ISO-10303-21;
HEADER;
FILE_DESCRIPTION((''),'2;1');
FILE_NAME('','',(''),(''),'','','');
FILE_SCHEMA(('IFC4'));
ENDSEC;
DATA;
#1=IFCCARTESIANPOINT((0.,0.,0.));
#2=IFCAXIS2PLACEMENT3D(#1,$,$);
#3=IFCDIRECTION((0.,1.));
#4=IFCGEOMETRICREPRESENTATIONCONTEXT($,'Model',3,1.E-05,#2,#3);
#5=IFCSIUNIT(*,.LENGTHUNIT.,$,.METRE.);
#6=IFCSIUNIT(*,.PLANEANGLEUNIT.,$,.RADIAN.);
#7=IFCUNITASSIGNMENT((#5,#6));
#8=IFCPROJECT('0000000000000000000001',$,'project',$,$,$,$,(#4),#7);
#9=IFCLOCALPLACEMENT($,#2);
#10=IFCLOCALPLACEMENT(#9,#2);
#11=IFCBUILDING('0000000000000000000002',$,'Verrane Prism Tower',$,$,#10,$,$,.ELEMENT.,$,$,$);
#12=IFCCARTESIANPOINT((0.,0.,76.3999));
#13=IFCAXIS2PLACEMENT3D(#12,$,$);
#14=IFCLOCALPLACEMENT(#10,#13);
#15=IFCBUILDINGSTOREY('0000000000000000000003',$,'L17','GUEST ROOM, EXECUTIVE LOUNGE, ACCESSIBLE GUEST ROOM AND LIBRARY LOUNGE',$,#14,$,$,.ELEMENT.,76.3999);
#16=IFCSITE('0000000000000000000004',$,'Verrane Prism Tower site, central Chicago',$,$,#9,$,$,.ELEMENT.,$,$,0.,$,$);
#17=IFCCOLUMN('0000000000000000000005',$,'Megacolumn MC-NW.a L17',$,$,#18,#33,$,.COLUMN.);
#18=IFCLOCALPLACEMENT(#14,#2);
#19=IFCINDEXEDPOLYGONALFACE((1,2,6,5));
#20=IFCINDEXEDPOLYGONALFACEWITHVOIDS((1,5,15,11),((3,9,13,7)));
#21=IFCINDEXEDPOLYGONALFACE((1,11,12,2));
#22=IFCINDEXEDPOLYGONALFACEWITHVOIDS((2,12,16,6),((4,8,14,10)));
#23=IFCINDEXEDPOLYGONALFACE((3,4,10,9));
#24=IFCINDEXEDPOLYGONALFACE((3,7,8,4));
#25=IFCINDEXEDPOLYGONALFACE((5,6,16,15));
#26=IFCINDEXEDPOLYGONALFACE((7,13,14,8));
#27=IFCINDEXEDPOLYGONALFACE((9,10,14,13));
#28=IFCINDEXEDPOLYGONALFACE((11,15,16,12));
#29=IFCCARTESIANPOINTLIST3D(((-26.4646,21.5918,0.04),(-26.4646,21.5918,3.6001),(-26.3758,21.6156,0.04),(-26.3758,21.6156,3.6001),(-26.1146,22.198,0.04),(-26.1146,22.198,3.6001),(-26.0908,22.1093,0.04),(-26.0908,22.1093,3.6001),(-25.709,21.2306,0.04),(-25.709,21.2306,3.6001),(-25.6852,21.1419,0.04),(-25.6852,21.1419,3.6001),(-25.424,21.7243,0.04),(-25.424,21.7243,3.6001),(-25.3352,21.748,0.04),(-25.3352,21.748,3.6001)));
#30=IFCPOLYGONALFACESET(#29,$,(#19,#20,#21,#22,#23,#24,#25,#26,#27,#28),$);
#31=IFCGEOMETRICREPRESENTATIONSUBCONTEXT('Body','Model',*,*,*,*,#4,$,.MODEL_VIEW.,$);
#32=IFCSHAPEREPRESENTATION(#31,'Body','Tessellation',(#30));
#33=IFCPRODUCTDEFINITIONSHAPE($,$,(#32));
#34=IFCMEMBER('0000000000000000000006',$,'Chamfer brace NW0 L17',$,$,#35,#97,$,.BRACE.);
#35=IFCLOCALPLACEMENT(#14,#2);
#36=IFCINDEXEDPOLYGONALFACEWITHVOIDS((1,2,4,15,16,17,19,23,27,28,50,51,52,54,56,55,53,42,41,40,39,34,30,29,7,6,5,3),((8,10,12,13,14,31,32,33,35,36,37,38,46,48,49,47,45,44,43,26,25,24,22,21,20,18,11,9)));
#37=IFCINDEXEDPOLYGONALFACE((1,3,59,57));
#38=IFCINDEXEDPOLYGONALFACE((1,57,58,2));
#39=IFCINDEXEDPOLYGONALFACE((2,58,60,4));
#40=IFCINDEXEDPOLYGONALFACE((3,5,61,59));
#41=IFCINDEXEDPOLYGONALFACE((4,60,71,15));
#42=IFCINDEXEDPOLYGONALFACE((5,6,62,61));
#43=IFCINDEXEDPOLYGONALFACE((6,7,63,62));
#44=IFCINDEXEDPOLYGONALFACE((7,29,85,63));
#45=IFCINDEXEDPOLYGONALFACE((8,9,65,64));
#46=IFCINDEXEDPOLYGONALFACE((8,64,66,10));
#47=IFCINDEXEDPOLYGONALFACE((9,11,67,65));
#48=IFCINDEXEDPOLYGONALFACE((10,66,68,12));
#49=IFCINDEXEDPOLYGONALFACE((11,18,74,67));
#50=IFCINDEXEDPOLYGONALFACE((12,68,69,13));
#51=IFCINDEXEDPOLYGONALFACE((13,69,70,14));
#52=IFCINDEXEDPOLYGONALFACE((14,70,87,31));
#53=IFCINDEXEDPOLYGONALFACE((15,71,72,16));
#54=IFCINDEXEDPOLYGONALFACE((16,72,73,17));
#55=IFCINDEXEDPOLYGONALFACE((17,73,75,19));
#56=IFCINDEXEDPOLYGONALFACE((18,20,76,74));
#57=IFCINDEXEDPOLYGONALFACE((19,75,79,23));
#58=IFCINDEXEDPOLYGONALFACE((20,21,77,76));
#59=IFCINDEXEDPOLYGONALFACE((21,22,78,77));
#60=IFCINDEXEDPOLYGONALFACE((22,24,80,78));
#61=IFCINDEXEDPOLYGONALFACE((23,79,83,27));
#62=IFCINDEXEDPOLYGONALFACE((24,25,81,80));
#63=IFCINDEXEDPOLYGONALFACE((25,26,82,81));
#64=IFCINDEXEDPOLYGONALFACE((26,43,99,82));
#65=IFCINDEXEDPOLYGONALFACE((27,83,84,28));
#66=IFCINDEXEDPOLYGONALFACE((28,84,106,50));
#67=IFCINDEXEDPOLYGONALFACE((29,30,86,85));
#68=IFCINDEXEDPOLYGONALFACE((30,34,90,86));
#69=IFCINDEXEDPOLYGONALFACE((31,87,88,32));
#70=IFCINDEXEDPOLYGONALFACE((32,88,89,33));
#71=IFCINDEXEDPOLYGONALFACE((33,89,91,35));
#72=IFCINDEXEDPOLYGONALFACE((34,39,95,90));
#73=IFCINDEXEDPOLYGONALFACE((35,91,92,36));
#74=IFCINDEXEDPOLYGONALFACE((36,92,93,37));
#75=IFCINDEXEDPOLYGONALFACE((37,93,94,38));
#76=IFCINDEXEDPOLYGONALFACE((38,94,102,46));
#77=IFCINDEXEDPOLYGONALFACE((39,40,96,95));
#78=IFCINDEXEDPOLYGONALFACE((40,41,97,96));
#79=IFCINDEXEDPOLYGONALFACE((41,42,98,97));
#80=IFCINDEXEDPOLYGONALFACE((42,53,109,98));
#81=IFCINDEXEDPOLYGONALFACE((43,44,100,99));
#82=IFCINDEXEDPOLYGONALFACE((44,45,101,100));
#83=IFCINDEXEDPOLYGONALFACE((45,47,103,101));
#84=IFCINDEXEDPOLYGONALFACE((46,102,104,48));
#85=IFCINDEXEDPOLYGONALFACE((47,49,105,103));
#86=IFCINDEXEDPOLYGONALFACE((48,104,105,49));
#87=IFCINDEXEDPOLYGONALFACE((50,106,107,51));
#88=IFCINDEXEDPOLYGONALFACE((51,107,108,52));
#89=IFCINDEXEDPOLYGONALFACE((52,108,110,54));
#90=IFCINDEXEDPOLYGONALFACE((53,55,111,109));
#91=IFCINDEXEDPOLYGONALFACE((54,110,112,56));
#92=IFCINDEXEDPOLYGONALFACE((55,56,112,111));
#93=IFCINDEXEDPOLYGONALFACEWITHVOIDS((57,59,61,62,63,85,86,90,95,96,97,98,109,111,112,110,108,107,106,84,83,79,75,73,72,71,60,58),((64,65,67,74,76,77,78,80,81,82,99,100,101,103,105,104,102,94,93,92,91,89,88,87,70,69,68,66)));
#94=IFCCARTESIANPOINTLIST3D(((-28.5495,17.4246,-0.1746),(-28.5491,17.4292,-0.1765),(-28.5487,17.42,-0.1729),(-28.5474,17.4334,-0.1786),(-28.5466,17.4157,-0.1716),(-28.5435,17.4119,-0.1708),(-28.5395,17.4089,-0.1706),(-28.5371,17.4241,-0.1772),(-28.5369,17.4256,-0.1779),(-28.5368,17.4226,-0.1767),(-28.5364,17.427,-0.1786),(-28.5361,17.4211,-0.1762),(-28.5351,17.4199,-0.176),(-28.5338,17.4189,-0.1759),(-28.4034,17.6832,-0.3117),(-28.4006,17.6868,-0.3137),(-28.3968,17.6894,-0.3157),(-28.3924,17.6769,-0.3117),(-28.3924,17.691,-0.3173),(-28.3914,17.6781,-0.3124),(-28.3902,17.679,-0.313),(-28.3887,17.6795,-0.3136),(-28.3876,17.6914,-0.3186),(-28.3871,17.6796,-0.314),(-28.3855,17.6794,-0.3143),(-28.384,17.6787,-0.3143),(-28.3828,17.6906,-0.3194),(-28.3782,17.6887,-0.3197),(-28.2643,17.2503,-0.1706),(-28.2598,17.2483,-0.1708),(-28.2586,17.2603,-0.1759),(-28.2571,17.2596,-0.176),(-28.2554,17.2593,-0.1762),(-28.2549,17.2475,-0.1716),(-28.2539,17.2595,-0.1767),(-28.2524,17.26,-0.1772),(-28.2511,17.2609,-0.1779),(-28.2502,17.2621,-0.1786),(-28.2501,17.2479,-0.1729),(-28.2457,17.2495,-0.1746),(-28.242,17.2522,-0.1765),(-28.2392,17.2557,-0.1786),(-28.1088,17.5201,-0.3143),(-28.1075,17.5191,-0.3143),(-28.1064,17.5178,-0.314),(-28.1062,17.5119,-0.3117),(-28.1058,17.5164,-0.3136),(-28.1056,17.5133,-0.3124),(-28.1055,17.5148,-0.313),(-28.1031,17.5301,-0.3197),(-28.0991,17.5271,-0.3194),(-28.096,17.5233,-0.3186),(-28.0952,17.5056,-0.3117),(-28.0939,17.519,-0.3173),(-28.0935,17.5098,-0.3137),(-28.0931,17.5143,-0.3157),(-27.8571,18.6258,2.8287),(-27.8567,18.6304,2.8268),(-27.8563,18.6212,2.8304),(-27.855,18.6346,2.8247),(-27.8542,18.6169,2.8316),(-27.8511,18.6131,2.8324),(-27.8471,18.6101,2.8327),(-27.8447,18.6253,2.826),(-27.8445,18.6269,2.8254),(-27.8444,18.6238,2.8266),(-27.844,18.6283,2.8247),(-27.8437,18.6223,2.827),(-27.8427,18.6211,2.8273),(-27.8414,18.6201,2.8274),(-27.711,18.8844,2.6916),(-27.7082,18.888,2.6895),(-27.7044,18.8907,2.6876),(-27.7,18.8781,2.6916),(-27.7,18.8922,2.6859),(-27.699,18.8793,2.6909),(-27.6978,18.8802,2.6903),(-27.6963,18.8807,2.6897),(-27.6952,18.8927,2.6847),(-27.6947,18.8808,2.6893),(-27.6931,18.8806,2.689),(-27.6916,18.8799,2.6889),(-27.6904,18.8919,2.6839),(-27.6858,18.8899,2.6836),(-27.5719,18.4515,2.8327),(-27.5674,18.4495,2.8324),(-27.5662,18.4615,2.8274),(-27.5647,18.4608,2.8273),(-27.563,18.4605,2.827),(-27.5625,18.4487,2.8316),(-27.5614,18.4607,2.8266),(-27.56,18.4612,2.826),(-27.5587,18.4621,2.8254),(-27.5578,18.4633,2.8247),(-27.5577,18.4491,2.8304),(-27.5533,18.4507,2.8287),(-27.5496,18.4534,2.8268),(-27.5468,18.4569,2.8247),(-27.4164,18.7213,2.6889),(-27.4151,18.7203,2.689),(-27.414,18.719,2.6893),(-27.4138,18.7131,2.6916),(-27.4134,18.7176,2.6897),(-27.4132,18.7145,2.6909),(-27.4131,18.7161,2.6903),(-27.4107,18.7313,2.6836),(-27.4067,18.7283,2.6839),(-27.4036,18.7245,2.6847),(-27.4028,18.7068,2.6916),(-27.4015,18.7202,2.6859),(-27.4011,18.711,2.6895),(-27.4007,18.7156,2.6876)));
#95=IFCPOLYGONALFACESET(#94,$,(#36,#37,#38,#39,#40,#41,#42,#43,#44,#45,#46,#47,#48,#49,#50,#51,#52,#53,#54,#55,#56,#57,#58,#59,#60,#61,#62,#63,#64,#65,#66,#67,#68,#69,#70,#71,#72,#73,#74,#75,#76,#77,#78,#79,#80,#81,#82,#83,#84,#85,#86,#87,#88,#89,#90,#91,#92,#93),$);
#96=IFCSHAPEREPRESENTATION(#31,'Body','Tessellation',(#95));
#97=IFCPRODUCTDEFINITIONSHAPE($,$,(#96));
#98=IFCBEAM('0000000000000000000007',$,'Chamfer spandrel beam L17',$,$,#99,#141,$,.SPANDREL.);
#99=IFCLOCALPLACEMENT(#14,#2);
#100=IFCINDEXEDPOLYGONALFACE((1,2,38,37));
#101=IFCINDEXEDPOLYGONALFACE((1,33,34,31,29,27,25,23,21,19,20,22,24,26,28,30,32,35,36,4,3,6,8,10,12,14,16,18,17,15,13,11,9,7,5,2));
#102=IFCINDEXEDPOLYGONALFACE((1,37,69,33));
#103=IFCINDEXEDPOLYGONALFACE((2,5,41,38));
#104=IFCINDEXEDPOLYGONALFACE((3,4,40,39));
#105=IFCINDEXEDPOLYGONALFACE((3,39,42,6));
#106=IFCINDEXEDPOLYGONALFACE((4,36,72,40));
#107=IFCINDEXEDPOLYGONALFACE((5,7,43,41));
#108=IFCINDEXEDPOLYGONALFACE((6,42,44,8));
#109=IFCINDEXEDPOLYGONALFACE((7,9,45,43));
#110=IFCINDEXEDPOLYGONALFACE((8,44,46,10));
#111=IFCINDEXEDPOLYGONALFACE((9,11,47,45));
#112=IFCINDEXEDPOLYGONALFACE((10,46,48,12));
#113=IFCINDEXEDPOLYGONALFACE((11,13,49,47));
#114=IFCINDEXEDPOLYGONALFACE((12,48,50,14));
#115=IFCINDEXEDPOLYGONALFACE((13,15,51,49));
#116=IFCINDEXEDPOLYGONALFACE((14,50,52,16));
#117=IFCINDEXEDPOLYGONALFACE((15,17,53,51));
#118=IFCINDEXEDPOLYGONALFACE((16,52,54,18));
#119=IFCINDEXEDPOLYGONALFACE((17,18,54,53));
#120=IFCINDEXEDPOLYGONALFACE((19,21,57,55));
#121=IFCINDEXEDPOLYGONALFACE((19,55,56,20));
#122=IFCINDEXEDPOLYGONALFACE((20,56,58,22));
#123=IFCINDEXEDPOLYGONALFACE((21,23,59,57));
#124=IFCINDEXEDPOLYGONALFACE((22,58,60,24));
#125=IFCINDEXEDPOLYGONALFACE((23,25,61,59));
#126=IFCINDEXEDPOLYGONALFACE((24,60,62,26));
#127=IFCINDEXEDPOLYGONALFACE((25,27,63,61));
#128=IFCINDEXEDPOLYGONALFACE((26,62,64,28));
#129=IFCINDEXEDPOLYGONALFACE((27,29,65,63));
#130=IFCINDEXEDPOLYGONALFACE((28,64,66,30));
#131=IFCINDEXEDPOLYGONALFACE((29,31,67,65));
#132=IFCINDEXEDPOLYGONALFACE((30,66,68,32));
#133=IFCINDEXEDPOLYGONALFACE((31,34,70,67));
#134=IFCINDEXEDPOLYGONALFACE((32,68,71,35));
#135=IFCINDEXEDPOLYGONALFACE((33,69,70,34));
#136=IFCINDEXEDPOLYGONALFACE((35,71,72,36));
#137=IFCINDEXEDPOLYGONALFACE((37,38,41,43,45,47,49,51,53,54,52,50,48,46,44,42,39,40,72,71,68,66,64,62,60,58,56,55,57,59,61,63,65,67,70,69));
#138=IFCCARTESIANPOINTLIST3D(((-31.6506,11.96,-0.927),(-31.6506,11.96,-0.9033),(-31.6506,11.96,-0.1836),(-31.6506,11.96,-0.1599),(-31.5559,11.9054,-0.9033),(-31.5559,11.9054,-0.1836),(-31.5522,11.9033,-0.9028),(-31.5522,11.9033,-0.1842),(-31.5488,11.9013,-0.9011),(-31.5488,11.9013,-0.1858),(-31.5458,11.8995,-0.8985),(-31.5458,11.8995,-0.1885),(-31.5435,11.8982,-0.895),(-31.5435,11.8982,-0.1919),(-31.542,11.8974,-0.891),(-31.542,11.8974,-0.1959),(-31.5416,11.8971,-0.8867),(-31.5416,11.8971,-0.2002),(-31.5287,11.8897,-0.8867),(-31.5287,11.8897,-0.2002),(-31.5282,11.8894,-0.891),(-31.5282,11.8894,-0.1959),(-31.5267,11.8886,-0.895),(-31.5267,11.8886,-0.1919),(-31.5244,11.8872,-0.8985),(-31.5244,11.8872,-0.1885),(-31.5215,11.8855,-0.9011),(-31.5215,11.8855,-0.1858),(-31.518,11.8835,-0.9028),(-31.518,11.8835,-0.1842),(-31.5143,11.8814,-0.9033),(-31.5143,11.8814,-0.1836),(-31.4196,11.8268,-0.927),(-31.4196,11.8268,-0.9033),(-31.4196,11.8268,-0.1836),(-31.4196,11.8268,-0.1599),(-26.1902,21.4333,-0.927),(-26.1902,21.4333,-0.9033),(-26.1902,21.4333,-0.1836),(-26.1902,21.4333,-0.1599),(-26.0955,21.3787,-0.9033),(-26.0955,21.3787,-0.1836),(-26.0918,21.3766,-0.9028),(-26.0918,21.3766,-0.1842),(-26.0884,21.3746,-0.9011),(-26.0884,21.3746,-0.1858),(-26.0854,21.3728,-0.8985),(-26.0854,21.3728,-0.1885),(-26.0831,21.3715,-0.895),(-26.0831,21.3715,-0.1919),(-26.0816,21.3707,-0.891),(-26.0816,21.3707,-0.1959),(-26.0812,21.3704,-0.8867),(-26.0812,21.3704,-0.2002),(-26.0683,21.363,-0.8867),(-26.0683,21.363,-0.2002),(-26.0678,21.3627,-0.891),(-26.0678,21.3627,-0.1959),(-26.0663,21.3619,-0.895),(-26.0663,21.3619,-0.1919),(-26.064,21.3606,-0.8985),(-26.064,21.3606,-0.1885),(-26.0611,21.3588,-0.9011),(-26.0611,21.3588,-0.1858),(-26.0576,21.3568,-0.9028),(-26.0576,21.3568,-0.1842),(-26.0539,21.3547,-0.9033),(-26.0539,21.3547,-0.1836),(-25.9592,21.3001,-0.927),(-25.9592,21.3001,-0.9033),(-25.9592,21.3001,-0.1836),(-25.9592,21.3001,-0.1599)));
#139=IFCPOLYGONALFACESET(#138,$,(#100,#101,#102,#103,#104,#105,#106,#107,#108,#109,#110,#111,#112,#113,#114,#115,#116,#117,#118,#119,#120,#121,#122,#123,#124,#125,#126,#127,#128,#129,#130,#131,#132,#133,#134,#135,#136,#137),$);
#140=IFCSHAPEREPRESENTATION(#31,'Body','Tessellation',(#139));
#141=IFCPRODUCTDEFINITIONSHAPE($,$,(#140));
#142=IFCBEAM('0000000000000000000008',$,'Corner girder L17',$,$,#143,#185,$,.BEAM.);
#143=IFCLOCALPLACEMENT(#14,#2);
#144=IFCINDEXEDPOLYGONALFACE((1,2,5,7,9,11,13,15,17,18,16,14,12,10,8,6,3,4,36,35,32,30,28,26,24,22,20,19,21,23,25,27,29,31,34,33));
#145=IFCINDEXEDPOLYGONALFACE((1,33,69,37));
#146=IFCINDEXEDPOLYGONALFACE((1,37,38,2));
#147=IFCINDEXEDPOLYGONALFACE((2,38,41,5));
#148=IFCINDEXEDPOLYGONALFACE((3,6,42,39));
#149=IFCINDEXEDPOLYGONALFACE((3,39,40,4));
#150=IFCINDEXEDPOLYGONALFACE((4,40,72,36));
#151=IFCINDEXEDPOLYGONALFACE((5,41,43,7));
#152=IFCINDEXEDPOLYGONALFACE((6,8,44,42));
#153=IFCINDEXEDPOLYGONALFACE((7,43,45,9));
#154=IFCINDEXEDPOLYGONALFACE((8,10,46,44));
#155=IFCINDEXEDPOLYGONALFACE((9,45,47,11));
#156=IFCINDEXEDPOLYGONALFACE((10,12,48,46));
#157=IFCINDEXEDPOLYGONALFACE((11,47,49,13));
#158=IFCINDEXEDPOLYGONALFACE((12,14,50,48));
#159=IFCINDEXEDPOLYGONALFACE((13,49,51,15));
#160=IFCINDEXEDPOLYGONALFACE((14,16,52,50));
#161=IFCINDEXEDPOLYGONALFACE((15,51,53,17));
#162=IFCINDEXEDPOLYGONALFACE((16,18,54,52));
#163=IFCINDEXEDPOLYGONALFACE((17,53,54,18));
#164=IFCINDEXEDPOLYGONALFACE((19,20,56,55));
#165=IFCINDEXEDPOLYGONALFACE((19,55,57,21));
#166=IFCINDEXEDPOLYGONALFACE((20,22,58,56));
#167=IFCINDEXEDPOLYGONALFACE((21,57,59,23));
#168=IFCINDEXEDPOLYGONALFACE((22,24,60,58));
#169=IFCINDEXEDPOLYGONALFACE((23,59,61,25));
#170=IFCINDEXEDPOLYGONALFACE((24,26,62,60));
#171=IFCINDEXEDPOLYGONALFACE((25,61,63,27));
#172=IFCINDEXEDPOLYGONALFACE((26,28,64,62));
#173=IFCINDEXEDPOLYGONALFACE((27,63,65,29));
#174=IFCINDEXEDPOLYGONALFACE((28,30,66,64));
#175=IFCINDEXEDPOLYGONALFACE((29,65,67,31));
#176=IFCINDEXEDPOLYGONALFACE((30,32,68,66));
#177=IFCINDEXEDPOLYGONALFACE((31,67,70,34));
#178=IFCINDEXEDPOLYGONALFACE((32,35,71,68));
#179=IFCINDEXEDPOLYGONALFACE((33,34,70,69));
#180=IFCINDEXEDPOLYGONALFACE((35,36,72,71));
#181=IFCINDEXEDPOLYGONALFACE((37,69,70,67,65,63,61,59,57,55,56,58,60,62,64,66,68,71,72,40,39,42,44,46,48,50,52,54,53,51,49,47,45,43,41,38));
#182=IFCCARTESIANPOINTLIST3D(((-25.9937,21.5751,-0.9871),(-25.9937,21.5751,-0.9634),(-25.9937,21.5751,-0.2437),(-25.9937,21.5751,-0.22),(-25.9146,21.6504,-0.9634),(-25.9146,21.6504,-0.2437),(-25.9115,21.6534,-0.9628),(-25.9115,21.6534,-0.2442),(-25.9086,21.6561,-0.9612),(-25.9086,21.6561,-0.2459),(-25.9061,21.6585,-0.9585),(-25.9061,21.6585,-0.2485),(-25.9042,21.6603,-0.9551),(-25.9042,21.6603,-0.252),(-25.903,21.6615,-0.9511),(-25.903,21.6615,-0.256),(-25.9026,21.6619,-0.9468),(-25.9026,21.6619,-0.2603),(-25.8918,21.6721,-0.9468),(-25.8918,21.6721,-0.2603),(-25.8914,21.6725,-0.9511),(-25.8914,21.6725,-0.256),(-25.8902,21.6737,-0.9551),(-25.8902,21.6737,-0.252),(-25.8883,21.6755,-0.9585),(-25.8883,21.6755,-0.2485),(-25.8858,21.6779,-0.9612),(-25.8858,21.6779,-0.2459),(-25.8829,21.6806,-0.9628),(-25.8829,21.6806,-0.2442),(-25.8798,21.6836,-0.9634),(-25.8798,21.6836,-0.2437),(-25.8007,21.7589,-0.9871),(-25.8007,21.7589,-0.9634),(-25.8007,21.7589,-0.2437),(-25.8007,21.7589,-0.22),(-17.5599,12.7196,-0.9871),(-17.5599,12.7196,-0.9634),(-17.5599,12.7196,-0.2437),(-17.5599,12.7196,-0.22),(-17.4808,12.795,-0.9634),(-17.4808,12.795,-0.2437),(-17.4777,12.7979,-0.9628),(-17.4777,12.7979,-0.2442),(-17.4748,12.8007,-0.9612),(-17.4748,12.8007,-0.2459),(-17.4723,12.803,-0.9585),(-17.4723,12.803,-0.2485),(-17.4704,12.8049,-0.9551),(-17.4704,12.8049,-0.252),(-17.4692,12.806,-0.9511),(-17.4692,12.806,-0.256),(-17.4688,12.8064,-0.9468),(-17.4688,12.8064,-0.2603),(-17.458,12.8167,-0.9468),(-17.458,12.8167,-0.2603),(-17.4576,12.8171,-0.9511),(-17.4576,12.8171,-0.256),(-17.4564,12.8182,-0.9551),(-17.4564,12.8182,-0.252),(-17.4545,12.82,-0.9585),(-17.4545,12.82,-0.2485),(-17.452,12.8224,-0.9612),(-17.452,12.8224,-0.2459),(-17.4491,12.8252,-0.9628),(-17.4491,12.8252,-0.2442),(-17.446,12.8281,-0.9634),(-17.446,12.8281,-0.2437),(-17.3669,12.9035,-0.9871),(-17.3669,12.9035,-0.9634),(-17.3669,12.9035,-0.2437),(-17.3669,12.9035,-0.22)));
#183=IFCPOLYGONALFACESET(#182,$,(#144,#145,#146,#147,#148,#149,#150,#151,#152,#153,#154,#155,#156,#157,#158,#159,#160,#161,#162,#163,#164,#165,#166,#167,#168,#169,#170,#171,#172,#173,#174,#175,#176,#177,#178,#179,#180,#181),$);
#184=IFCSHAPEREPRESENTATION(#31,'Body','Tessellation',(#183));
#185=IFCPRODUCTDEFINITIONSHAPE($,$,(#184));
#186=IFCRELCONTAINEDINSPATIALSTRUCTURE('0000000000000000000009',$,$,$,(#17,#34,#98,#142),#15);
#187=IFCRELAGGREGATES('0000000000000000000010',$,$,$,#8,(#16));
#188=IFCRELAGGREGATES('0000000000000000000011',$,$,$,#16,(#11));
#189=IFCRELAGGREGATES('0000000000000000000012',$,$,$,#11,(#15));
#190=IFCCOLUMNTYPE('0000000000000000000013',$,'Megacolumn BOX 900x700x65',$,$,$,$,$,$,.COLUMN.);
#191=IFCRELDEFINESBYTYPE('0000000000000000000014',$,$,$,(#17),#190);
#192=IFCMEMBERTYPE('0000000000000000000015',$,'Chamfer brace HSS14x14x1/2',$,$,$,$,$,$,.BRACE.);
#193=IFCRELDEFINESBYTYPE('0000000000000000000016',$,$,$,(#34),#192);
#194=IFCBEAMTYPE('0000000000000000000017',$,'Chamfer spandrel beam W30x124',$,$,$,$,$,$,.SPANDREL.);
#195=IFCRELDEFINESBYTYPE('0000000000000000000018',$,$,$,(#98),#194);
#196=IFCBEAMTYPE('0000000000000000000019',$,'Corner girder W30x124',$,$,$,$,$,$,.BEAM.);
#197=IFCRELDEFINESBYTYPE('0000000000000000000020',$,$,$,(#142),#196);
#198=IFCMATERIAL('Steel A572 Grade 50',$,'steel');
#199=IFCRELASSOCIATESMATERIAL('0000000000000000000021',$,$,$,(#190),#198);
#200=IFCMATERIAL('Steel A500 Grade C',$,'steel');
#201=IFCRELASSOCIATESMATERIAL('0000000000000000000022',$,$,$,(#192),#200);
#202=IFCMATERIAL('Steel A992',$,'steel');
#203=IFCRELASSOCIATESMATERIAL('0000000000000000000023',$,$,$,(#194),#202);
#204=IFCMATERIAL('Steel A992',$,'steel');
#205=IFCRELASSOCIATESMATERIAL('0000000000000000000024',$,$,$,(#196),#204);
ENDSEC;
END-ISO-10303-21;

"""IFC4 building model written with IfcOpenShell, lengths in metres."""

from ifc_helpers import new_model, si_unit, direction, frame, origin, origin_2d, place, context, subcontext, project, spatial, hollow_rectangle, i_section, extrude, material, material_profile, profile_set, type_object, element, save


model = new_model("IFC4")

# Units and contexts
model_context = context("Model", 3, precision=1e-05, world=origin(), true_north=direction((0.0, 1.0)))
body_context = subcontext(model_context, "Body", "Model", "MODEL_VIEW")
ifc_project = project(units=[si_unit("LENGTHUNIT", "METRE"), si_unit("PLANEANGLEUNIT", "RADIAN")], contexts=[model_context])

# Site, building, storey
site_placement = place(None, origin())
site = spatial("IfcSite", under=ifc_project, at=site_placement, Name="Verrane Prism Tower site, central Chicago", CompositionType="ELEMENT", RefElevation=0.0)
building_placement = place(site_placement, origin())
building = spatial("IfcBuilding", under=site, at=building_placement, Name="Verrane Prism Tower", CompositionType="ELEMENT")
storey_placement = place(building_placement, frame((0.0, 0.0, 76.3999)))
storey = spatial("IfcBuildingStorey", under=building, at=storey_placement, Name="L17", Description="GUEST ROOM, EXECUTIVE LOUNGE, ACCESSIBLE GUEST ROOM AND LIBRARY LOUNGE", CompositionType="ELEMENT", Elevation=76.3999)

# Column
ifc_material_1 = material(Name="Steel A572 Grade 50", Category="steel")
ifc_material_profile_1 = material_profile(ifc_material_1, hollow_rectangle(XDim=0.7, YDim=0.8999, WallThickness=0.0649, at=origin_2d()), Name="BOX 900x700x65")
ifc_profile_set_1 = profile_set([ifc_material_profile_1], Name="Steel A572 Grade 50")
column_type = type_object("IfcColumnType", Name="Megacolumn BOX 900x700x65", PredefinedType="COLUMN", material=ifc_profile_set_1)
column_placement = place(storey_placement, frame((-25.8999, 21.6699, 0.04), z_axis=(0.0, 0.0, 1.0), x_axis=(0.5, 0.866025, 0.0)))
element("IfcColumn", 1, at=column_placement, inside=storey, type_object=column_type, Name="Megacolumn MC-NW.a L17", PredefinedType="COLUMN", context=body_context, shape_type="SweptSolid", body=[
    extrude(hollow_rectangle(XDim=0.7, YDim=0.8999, WallThickness=0.0649, at=origin_2d()), origin(), (0.0, 0.0, 1.0), 3.5601),
])

# Member
ifc_material_2 = material(Name="Steel A500 Grade C", Category="steel")
ifc_material_profile_2 = material_profile(ifc_material_2, hollow_rectangle(XDim=0.3557, YDim=0.3557, WallThickness=0.0127, InnerFilletRadius=0.0063, OuterFilletRadius=0.019, at=origin_2d()), Name="HSS14x14x1/2")
ifc_profile_set_2 = profile_set([ifc_material_profile_2], Name="Steel A500 Grade C")
member_type_1 = type_object("IfcMemberType", Name="Chamfer brace HSS14x14x1/2", PredefinedType="BRACE", material=ifc_profile_set_2)
member_1_placement = place(storey_placement, frame((-28.3213, 17.4695, -0.2451), z_axis=(0.209321, 0.363138, 0.907918), x_axis=(-0.866373, 0.499397, 0.0)))
element("IfcMember", 2, at=member_1_placement, inside=storey, type_object=member_type_1, Name="Chamfer brace NW0 L17", PredefinedType="BRACE", context=body_context, shape_type="SweptSolid", body=[
    extrude(hollow_rectangle(XDim=0.3557, YDim=0.3557, WallThickness=0.0127, InnerFilletRadius=0.0063, OuterFilletRadius=0.019, at=origin_2d()), origin(), (0.0, 0.0, 1.0), 3.3079),
])

# Beams
ifc_material_3 = material(Name="Steel A992", Category="steel")
ifc_material_profile_3 = material_profile(ifc_material_3, i_section(OverallWidth=0.2666, OverallDepth=0.7671, WebThickness=0.0149, FlangeThickness=0.0237, FilletRadius=0.0166, at=origin_2d()), Name="W30x124")
ifc_profile_set_3 = profile_set([ifc_material_profile_3], Name="Steel A992")
beam_type_1 = type_object("IfcBeamType", Name="Chamfer spandrel beam W30x124", PredefinedType="SPANDREL", material=ifc_profile_set_3)
beam_1_placement = place(storey_placement, frame((-26.0747, 21.3667, -0.5435), z_axis=(-0.499382, -0.866382, 0.0), x_axis=(0.866382, -0.499382, 0.0)))
element("IfcBeam", 3, at=beam_1_placement, inside=storey, type_object=beam_type_1, Name="Chamfer spandrel beam L17", PredefinedType="SPANDREL", context=body_context, shape_type="SweptSolid", body=[
    extrude(i_section(OverallWidth=0.2666, OverallDepth=0.7671, WebThickness=0.0149, FlangeThickness=0.0237, FilletRadius=0.0166, at=origin_2d()), origin(), (0.0, 0.0, 1.0), 10.9343),
])
ifc_material_4 = material(Name="Steel A992", Category="steel")
ifc_material_profile_4 = material_profile(ifc_material_4, i_section(OverallWidth=0.2666, OverallDepth=0.7671, WebThickness=0.0149, FlangeThickness=0.0237, FilletRadius=0.0166, at=origin_2d()), Name="W30x124")
ifc_profile_set_4 = profile_set([ifc_material_profile_4], Name="Steel A992")
beam_type_2 = type_object("IfcBeamType", Name="Corner girder W30x124", PredefinedType="BEAM", material=ifc_profile_set_4)
beam_2_placement = place(storey_placement, frame((-25.8972, 21.667, -0.6035), z_axis=(0.689658, -0.724136, 0.0), x_axis=(0.724136, 0.689658, 0.0)))
element("IfcBeam", 4, at=beam_2_placement, inside=storey, type_object=beam_type_2, Name="Corner girder L17", PredefinedType="BEAM", context=body_context, shape_type="SweptSolid", body=[
    extrude(i_section(OverallWidth=0.2666, OverallDepth=0.7671, WebThickness=0.0149, FlangeThickness=0.0237, FilletRadius=0.0166, at=origin_2d()), origin(), (0.0, 0.0, 1.0), 12.229),
])

save(model, "model.ifc")
